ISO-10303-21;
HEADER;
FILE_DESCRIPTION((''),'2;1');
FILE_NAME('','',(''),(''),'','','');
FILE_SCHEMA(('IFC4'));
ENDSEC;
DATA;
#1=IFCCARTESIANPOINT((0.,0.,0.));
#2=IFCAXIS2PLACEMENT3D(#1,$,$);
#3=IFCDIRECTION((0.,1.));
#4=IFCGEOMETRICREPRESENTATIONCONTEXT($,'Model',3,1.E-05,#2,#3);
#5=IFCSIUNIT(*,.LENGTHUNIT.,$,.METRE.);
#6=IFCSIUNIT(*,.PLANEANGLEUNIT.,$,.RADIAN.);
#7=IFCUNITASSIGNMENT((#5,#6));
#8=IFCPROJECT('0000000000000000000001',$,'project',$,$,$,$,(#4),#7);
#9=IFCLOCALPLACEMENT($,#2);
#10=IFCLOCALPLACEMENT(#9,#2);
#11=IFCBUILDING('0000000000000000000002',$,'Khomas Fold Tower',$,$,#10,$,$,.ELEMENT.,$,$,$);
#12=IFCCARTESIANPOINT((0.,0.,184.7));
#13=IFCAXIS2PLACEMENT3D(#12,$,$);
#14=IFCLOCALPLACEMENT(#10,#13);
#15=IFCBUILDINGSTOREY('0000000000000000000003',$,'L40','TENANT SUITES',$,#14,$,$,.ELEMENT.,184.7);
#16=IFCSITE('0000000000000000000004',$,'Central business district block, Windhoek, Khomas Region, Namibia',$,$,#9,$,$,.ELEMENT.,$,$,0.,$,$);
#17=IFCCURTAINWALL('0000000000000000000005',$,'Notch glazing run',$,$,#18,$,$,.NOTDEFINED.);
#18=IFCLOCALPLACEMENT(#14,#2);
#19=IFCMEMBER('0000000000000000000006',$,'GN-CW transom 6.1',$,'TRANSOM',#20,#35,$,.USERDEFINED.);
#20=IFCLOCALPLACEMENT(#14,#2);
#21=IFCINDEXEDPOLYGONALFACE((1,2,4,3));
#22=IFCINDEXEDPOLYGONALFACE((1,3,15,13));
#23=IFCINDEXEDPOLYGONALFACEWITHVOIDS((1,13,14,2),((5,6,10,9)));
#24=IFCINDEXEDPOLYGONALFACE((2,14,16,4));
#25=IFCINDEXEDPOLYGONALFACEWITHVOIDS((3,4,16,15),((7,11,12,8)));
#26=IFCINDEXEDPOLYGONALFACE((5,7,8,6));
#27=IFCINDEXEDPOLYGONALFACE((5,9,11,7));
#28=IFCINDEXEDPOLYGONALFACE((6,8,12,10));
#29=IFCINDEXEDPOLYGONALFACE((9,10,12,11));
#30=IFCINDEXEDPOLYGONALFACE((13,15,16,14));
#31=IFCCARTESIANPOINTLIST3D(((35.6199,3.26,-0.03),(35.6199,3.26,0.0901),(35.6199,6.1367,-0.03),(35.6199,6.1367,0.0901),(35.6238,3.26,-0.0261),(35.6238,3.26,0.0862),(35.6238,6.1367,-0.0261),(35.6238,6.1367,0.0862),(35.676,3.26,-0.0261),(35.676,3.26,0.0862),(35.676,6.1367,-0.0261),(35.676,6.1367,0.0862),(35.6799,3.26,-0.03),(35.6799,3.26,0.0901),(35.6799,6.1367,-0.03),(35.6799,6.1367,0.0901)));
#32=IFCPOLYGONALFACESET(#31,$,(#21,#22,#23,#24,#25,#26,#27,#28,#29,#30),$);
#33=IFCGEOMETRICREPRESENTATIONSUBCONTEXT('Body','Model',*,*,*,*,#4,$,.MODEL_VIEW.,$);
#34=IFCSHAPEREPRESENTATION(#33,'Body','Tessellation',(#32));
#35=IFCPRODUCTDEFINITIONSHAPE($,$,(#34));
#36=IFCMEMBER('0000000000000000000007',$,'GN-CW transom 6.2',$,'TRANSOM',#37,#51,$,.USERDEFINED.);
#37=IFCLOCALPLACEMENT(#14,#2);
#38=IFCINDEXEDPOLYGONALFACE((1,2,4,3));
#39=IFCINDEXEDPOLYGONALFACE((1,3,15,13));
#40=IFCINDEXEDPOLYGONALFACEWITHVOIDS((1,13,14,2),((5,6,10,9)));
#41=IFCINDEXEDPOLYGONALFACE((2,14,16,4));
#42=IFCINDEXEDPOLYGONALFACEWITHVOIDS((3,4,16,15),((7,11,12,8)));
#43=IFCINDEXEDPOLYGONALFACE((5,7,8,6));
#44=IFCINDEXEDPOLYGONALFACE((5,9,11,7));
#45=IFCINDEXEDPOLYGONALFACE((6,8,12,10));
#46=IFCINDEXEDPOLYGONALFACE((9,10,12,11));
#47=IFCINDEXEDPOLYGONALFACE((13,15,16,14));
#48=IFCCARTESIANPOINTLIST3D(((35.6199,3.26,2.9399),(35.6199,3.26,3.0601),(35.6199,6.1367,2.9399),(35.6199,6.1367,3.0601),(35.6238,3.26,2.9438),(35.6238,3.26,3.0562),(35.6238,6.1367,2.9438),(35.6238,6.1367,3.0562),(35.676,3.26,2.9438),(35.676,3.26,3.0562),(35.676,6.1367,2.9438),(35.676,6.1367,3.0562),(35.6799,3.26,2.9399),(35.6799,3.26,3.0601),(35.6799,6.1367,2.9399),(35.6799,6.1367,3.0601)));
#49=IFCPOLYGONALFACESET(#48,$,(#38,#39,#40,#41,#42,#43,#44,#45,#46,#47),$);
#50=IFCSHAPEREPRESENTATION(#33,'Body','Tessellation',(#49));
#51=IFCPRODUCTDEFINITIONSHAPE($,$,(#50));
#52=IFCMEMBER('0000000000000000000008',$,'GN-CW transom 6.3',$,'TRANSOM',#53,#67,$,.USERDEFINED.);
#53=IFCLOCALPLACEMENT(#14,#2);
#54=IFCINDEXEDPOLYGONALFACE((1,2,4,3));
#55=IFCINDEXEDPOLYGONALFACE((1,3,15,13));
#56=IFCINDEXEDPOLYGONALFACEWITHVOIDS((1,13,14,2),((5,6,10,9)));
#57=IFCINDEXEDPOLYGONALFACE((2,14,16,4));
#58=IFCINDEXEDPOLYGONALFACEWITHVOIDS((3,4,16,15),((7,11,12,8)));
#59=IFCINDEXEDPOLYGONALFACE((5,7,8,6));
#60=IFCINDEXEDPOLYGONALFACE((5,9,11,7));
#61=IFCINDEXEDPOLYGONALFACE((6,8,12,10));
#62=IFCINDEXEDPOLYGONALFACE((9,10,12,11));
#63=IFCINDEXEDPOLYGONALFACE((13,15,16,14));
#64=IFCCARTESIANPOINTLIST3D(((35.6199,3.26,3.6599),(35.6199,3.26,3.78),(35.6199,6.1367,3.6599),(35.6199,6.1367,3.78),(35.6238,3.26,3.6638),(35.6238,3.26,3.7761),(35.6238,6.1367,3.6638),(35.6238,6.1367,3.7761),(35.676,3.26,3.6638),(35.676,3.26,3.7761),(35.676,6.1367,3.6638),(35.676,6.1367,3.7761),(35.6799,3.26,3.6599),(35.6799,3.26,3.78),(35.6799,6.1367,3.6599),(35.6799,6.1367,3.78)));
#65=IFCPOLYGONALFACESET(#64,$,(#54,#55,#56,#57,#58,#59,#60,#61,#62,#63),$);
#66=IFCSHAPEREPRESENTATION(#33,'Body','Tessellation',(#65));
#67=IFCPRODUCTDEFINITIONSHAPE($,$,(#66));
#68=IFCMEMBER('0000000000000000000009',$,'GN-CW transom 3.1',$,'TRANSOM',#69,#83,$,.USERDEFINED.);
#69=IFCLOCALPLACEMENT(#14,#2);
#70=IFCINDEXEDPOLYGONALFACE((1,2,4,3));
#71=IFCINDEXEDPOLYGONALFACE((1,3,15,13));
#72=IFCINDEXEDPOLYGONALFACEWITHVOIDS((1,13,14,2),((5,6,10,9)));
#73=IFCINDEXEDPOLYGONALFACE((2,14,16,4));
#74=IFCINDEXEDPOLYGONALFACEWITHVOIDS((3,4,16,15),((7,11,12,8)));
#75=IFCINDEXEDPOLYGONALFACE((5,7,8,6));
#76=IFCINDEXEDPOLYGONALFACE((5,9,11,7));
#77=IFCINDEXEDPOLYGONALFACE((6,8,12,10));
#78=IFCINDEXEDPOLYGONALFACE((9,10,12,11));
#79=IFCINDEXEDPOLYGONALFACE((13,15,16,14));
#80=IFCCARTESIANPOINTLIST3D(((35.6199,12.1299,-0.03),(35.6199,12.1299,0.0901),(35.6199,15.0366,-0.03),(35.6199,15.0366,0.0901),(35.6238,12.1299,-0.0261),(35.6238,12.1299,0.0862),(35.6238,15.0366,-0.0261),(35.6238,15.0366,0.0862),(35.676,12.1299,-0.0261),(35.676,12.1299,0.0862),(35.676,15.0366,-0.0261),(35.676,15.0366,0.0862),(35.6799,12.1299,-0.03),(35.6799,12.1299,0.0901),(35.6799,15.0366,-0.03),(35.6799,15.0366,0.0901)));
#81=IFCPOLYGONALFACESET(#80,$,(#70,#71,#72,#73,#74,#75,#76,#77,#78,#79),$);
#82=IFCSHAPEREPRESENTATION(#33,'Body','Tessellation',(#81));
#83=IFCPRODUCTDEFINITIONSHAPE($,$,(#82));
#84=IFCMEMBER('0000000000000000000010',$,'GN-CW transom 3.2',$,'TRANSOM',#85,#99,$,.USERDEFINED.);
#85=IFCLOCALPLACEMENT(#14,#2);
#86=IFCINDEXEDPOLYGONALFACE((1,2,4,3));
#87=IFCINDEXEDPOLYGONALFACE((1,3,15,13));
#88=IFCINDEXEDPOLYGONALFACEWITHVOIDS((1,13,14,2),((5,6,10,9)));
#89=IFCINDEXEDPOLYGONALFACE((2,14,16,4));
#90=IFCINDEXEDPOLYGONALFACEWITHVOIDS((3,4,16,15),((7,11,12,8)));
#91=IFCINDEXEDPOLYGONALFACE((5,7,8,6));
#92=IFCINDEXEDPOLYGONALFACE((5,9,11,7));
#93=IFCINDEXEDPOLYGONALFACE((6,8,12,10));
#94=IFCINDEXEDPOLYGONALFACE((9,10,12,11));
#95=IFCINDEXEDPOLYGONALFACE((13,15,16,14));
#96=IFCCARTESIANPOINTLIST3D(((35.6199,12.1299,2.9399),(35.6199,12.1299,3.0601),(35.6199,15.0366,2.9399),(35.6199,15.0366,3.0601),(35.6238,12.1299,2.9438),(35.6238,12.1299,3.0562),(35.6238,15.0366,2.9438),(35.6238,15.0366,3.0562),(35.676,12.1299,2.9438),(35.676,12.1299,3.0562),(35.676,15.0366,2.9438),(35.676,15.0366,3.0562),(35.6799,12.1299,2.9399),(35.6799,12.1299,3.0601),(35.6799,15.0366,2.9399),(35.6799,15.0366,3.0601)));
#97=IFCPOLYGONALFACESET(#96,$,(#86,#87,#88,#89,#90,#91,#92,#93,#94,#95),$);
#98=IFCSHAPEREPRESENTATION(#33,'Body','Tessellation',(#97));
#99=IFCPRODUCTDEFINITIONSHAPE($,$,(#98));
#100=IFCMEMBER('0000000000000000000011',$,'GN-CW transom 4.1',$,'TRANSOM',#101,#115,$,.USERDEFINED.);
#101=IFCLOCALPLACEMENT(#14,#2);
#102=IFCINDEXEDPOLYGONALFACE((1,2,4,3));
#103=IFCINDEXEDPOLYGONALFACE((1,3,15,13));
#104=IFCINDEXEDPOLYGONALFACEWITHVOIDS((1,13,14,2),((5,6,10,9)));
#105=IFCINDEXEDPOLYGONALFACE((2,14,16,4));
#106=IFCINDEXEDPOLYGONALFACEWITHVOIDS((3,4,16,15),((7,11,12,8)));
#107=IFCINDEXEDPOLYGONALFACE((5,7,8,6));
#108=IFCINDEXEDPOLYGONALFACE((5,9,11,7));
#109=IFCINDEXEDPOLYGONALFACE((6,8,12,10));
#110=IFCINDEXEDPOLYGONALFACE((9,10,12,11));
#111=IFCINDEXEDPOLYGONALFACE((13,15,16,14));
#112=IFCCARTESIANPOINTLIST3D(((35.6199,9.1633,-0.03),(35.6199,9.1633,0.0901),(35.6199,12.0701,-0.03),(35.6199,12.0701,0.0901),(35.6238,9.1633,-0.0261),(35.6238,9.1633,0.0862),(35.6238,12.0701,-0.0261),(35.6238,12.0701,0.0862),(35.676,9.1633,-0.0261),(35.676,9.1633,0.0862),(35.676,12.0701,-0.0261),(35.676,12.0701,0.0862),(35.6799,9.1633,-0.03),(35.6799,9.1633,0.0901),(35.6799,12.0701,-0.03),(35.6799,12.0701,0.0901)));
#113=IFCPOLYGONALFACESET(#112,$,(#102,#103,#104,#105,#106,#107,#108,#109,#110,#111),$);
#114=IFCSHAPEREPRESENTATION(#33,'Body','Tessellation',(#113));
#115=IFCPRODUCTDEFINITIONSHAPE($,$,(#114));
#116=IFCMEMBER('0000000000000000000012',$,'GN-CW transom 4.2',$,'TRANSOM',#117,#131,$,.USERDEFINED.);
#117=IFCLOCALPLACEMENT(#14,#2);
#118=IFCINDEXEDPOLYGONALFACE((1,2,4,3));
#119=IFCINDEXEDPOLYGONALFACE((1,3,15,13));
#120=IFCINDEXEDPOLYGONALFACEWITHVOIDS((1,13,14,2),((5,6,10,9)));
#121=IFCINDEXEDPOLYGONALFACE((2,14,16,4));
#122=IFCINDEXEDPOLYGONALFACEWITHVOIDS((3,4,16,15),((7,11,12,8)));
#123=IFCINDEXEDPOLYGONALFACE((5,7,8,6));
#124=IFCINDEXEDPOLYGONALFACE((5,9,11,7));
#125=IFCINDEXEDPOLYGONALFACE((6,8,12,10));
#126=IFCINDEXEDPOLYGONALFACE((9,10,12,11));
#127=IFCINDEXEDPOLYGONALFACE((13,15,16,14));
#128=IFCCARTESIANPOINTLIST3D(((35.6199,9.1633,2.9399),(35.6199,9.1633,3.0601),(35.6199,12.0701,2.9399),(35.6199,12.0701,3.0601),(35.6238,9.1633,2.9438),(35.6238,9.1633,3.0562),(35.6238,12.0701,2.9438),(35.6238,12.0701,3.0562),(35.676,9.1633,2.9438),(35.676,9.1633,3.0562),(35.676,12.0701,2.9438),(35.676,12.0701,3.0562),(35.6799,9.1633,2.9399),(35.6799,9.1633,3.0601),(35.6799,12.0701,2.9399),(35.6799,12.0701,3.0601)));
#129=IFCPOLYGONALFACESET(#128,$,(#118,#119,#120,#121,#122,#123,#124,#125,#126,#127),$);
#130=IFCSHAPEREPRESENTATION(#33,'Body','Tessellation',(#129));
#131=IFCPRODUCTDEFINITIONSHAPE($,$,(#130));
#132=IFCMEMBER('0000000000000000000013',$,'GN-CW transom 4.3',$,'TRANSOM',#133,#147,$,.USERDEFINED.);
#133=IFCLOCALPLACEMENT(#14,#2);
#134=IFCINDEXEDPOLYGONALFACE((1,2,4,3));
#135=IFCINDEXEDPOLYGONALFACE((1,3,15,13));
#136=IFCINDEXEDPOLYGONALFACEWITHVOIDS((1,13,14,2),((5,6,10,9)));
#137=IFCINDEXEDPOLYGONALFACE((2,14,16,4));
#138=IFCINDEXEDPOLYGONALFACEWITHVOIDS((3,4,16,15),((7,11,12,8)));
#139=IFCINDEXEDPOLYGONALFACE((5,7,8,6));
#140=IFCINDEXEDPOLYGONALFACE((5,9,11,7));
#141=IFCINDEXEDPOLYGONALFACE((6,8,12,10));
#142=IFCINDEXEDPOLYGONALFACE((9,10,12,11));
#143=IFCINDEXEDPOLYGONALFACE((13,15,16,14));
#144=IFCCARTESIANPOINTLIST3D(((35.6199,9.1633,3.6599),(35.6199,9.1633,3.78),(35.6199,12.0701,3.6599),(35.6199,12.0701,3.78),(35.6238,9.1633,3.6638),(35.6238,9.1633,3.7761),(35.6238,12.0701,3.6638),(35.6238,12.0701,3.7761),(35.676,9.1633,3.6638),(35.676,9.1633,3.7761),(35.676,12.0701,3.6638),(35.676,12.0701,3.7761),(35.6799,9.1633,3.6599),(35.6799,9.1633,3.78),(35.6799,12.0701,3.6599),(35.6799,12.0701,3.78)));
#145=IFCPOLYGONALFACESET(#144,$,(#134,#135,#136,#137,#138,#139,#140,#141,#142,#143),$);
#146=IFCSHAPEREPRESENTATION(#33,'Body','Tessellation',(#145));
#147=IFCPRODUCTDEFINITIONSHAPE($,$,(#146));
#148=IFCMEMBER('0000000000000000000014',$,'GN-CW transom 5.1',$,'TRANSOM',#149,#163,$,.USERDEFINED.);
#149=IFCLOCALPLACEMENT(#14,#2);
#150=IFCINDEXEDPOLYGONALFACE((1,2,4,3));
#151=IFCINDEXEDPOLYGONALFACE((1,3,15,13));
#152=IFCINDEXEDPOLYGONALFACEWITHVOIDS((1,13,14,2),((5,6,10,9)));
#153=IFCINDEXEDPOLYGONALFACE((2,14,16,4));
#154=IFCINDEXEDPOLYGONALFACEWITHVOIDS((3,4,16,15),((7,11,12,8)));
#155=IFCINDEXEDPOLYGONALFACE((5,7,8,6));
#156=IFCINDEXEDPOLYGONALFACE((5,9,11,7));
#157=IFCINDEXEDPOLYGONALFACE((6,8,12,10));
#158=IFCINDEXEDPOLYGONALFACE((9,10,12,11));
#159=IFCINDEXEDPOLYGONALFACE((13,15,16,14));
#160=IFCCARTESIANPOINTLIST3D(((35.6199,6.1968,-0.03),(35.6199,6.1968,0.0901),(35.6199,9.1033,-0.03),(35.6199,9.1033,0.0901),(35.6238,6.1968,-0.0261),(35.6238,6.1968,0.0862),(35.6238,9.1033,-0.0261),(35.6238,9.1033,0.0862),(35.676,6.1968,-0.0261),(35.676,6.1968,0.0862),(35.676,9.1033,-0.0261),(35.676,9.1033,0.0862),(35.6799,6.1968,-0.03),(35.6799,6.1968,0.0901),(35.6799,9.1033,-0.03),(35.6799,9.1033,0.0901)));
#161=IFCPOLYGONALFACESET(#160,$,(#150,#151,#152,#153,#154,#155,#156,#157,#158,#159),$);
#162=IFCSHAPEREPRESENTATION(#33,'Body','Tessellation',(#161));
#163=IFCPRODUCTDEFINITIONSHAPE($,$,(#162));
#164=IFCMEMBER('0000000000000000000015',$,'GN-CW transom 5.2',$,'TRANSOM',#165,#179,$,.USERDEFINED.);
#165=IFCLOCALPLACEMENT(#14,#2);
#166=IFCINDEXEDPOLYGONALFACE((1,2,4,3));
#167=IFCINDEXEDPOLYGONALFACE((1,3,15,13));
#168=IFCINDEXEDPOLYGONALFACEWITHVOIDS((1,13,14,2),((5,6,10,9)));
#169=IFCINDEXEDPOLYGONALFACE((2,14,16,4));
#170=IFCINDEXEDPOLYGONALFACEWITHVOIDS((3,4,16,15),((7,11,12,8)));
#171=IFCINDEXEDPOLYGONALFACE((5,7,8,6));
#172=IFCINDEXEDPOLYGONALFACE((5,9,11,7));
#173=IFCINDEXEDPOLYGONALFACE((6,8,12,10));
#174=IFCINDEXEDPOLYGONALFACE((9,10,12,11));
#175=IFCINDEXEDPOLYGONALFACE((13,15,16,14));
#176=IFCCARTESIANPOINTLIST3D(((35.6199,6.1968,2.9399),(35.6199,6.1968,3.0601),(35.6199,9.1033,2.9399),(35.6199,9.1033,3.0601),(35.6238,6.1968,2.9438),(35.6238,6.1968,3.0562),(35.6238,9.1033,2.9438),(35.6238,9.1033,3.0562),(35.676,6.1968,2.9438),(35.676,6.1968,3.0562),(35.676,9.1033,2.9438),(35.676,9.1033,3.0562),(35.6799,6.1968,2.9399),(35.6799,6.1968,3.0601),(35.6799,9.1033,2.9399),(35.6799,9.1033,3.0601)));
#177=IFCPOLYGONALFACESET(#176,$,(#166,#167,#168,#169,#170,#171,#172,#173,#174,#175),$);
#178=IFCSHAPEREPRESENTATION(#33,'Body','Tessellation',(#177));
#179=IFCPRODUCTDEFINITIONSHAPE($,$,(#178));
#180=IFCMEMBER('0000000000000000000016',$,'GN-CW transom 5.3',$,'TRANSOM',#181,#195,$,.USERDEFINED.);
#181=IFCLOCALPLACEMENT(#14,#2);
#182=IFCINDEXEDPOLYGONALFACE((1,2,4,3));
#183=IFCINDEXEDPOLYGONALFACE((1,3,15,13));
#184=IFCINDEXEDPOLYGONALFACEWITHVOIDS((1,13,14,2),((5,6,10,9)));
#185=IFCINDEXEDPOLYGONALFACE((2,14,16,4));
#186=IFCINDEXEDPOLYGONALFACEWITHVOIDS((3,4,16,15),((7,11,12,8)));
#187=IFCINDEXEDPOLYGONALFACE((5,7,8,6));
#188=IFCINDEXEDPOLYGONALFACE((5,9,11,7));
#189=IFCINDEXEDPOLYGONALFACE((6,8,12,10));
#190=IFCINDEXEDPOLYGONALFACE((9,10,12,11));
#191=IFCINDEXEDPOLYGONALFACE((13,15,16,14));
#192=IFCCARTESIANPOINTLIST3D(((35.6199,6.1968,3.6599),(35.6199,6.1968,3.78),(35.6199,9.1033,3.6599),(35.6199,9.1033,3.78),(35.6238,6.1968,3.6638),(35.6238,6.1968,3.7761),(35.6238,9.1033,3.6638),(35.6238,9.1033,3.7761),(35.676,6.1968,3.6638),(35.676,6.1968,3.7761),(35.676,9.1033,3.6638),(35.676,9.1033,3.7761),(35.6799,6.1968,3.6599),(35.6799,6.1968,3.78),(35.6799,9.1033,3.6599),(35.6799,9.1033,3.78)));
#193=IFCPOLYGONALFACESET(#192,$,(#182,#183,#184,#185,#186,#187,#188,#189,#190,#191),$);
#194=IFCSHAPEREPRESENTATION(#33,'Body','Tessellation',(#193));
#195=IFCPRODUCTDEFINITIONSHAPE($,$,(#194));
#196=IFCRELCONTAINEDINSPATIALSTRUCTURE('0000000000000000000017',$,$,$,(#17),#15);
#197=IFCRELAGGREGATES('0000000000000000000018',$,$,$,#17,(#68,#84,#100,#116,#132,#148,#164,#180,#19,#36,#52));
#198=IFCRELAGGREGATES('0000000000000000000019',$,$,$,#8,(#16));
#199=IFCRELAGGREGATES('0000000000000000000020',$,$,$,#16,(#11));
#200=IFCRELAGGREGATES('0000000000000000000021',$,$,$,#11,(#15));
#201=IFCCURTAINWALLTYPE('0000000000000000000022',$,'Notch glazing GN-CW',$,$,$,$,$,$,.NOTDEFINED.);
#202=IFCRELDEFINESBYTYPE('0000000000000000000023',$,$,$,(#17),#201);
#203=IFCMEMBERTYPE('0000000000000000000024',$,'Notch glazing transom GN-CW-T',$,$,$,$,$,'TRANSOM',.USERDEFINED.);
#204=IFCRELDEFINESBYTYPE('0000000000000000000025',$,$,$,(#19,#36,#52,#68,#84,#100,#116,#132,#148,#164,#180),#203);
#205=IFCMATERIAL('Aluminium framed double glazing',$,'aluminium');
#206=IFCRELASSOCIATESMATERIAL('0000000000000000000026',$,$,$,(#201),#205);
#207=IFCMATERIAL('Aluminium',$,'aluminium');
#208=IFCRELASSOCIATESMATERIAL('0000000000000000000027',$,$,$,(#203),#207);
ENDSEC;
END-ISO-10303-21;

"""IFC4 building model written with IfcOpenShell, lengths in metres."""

from ifc_helpers import new_model, si_unit, direction, frame, origin, origin_2d, place, context, subcontext, project, spatial, hollow_rectangle, extrude, source, transform, mapped, material, material_profile, profile_set, type_object, element, aggregate, save


model = new_model("IFC4")

# Units and contexts
model_context = context("Model", 3, precision=1e-05, world=origin(), true_north=direction((0.0, 1.0)))
body_context = subcontext(model_context, "Body", "Model", "MODEL_VIEW")
ifc_project = project(units=[si_unit("LENGTHUNIT", "METRE"), si_unit("PLANEANGLEUNIT", "RADIAN")], contexts=[model_context])

# Site, building, storey
site_placement = place(None, origin())
site = spatial("IfcSite", under=ifc_project, at=site_placement, Name="Central business district block, Windhoek, Khomas Region, Namibia", CompositionType="ELEMENT", RefElevation=0.0)
building_placement = place(site_placement, origin())
building = spatial("IfcBuilding", under=site, at=building_placement, Name="Khomas Fold Tower", CompositionType="ELEMENT")
storey_placement = place(building_placement, frame((0.0, 0.0, 184.7)))
storey = spatial("IfcBuildingStorey", under=building, at=storey_placement, Name="L40", Description="TENANT SUITES", CompositionType="ELEMENT", Elevation=184.7)

# Curtain wall, members
ifc_material_1 = material(Name="Aluminium framed double glazing", Category="aluminium")
curtain_wall_type_1 = type_object("IfcCurtainWallType", Name="Notch glazing GN-CW", PredefinedType="NOTDEFINED", material=ifc_material_1)
curtain_wall_1_placement = place(storey_placement, origin())
curtain_wall_1 = element("IfcCurtainWall", 1, at=curtain_wall_1_placement, inside=storey, type_object=curtain_wall_type_1, Name="Notch glazing run", PredefinedType="NOTDEFINED")
ifc_material_2 = material(Name="Aluminium", Category="aluminium")
ifc_material_profile_1 = material_profile(ifc_material_2, hollow_rectangle(XDim=0.0601, YDim=0.1201, WallThickness=0.0039, at=origin_2d()), Name="Notch glazing transom GN-CW-T")
ifc_profile_set_1 = profile_set([ifc_material_profile_1], Name="Aluminium")
member_type_1 = type_object("IfcMemberType", Name="Notch glazing transom GN-CW-T", ElementType="TRANSOM", PredefinedType="USERDEFINED", material=ifc_profile_set_1)
shared_shape_1 = source(origin(), body_context, "Body", "SweptSolid", [
    extrude(hollow_rectangle(XDim=0.0601, YDim=0.1201, WallThickness=0.0039, at=origin_2d()), origin(), (0.0, 0.0, 1.0), 2.8767),
])
member_1_placement = place(storey_placement, frame((35.6499, 6.1367, 0.03), z_axis=(0.0, -1.0, 0.0), x_axis=(1.0, 0.0, 0.0)))
member_1 = element("IfcMember", 2, at=member_1_placement, type_object=member_type_1, Name="GN-CW transom 6.1", ObjectType="TRANSOM", PredefinedType="USERDEFINED", context=body_context, shape_type="MappedRepresentation", body=[
    mapped(shared_shape_1, transform((0.0, 0.0, 0.0))),
])
member_2_placement = place(storey_placement, frame((35.6499, 6.1367, 3.0), z_axis=(0.0, -1.0, 0.0), x_axis=(1.0, 0.0, 0.0)))
member_2 = element("IfcMember", 3, at=member_2_placement, type_object=member_type_1, Name="GN-CW transom 6.2", ObjectType="TRANSOM", PredefinedType="USERDEFINED", context=body_context, shape_type="MappedRepresentation", body=[
    mapped(shared_shape_1, transform((0.0, 0.0, 0.0))),
])
member_3_placement = place(storey_placement, frame((35.6499, 6.1367, 3.72), z_axis=(0.0, -1.0, 0.0), x_axis=(1.0, 0.0, 0.0)))
member_3 = element("IfcMember", 4, at=member_3_placement, type_object=member_type_1, Name="GN-CW transom 6.3", ObjectType="TRANSOM", PredefinedType="USERDEFINED", context=body_context, shape_type="MappedRepresentation", body=[
    mapped(shared_shape_1, transform((0.0, 0.0, 0.0))),
])
shared_shape_2 = source(origin(), body_context, "Body", "SweptSolid", [
    extrude(hollow_rectangle(XDim=0.0601, YDim=0.1201, WallThickness=0.0039, at=origin_2d()), origin(), (0.0, 0.0, 1.0), 2.9067),
])
member_4_placement = place(storey_placement, frame((35.6499, 15.0366, 0.03), z_axis=(0.0, -1.0, 0.0), x_axis=(1.0, 0.0, 0.0)))
member_4 = element("IfcMember", 5, at=member_4_placement, type_object=member_type_1, Name="GN-CW transom 3.1", ObjectType="TRANSOM", PredefinedType="USERDEFINED", context=body_context, shape_type="MappedRepresentation", body=[
    mapped(shared_shape_2, transform((0.0, 0.0, 0.0))),
])
member_5_placement = place(storey_placement, frame((35.6499, 15.0366, 3.0), z_axis=(0.0, -1.0, 0.0), x_axis=(1.0, 0.0, 0.0)))
member_5 = element("IfcMember", 6, at=member_5_placement, type_object=member_type_1, Name="GN-CW transom 3.2", ObjectType="TRANSOM", PredefinedType="USERDEFINED", context=body_context, shape_type="MappedRepresentation", body=[
    mapped(shared_shape_2, transform((0.0, 0.0, 0.0))),
])
member_6_placement = place(storey_placement, frame((35.6499, 12.0701, 0.03), z_axis=(0.0, -1.0, 0.0), x_axis=(1.0, 0.0, 0.0)))
member_6 = element("IfcMember", 7, at=member_6_placement, type_object=member_type_1, Name="GN-CW transom 4.1", ObjectType="TRANSOM", PredefinedType="USERDEFINED", context=body_context, shape_type="MappedRepresentation", body=[
    mapped(shared_shape_2, transform((0.0, 0.0, 0.0))),
])
member_7_placement = place(storey_placement, frame((35.6499, 12.0701, 3.0), z_axis=(0.0, -1.0, 0.0), x_axis=(1.0, 0.0, 0.0)))
member_7 = element("IfcMember", 8, at=member_7_placement, type_object=member_type_1, Name="GN-CW transom 4.2", ObjectType="TRANSOM", PredefinedType="USERDEFINED", context=body_context, shape_type="MappedRepresentation", body=[
    mapped(shared_shape_2, transform((0.0, 0.0, 0.0))),
])
member_8_placement = place(storey_placement, frame((35.6499, 12.0701, 3.72), z_axis=(0.0, -1.0, 0.0), x_axis=(1.0, 0.0, 0.0)))
member_8 = element("IfcMember", 9, at=member_8_placement, type_object=member_type_1, Name="GN-CW transom 4.3", ObjectType="TRANSOM", PredefinedType="USERDEFINED", context=body_context, shape_type="MappedRepresentation", body=[
    mapped(shared_shape_2, transform((0.0, 0.0, 0.0))),
])
shared_shape_3 = source(origin(), body_context, "Body", "SweptSolid", [
    extrude(hollow_rectangle(XDim=0.0601, YDim=0.1201, WallThickness=0.0039, at=origin_2d()), origin(), (0.0, 0.0, 1.0), 2.9065),
])
member_9_placement = place(storey_placement, frame((35.6499, 9.1033, 0.03), z_axis=(0.0, -1.0, 0.0), x_axis=(1.0, 0.0, 0.0)))
member_9 = element("IfcMember", 10, at=member_9_placement, type_object=member_type_1, Name="GN-CW transom 5.1", ObjectType="TRANSOM", PredefinedType="USERDEFINED", context=body_context, shape_type="MappedRepresentation", body=[
    mapped(shared_shape_3, transform((0.0, 0.0, 0.0))),
])
member_10_placement = place(storey_placement, frame((35.6499, 9.1033, 3.0), z_axis=(0.0, -1.0, 0.0), x_axis=(1.0, 0.0, 0.0)))
member_10 = element("IfcMember", 11, at=member_10_placement, type_object=member_type_1, Name="GN-CW transom 5.2", ObjectType="TRANSOM", PredefinedType="USERDEFINED", context=body_context, shape_type="MappedRepresentation", body=[
    mapped(shared_shape_3, transform((0.0, 0.0, 0.0))),
])
member_11_placement = place(storey_placement, frame((35.6499, 9.1033, 3.72), z_axis=(0.0, -1.0, 0.0), x_axis=(1.0, 0.0, 0.0)))
member_11 = element("IfcMember", 12, at=member_11_placement, type_object=member_type_1, Name="GN-CW transom 5.3", ObjectType="TRANSOM", PredefinedType="USERDEFINED", context=body_context, shape_type="MappedRepresentation", body=[
    mapped(shared_shape_3, transform((0.0, 0.0, 0.0))),
])

aggregate(curtain_wall_1, [member_4, member_5, member_6, member_7, member_8, member_9, member_10, member_11, member_1, member_2, member_3])

save(model, "model.ifc")
